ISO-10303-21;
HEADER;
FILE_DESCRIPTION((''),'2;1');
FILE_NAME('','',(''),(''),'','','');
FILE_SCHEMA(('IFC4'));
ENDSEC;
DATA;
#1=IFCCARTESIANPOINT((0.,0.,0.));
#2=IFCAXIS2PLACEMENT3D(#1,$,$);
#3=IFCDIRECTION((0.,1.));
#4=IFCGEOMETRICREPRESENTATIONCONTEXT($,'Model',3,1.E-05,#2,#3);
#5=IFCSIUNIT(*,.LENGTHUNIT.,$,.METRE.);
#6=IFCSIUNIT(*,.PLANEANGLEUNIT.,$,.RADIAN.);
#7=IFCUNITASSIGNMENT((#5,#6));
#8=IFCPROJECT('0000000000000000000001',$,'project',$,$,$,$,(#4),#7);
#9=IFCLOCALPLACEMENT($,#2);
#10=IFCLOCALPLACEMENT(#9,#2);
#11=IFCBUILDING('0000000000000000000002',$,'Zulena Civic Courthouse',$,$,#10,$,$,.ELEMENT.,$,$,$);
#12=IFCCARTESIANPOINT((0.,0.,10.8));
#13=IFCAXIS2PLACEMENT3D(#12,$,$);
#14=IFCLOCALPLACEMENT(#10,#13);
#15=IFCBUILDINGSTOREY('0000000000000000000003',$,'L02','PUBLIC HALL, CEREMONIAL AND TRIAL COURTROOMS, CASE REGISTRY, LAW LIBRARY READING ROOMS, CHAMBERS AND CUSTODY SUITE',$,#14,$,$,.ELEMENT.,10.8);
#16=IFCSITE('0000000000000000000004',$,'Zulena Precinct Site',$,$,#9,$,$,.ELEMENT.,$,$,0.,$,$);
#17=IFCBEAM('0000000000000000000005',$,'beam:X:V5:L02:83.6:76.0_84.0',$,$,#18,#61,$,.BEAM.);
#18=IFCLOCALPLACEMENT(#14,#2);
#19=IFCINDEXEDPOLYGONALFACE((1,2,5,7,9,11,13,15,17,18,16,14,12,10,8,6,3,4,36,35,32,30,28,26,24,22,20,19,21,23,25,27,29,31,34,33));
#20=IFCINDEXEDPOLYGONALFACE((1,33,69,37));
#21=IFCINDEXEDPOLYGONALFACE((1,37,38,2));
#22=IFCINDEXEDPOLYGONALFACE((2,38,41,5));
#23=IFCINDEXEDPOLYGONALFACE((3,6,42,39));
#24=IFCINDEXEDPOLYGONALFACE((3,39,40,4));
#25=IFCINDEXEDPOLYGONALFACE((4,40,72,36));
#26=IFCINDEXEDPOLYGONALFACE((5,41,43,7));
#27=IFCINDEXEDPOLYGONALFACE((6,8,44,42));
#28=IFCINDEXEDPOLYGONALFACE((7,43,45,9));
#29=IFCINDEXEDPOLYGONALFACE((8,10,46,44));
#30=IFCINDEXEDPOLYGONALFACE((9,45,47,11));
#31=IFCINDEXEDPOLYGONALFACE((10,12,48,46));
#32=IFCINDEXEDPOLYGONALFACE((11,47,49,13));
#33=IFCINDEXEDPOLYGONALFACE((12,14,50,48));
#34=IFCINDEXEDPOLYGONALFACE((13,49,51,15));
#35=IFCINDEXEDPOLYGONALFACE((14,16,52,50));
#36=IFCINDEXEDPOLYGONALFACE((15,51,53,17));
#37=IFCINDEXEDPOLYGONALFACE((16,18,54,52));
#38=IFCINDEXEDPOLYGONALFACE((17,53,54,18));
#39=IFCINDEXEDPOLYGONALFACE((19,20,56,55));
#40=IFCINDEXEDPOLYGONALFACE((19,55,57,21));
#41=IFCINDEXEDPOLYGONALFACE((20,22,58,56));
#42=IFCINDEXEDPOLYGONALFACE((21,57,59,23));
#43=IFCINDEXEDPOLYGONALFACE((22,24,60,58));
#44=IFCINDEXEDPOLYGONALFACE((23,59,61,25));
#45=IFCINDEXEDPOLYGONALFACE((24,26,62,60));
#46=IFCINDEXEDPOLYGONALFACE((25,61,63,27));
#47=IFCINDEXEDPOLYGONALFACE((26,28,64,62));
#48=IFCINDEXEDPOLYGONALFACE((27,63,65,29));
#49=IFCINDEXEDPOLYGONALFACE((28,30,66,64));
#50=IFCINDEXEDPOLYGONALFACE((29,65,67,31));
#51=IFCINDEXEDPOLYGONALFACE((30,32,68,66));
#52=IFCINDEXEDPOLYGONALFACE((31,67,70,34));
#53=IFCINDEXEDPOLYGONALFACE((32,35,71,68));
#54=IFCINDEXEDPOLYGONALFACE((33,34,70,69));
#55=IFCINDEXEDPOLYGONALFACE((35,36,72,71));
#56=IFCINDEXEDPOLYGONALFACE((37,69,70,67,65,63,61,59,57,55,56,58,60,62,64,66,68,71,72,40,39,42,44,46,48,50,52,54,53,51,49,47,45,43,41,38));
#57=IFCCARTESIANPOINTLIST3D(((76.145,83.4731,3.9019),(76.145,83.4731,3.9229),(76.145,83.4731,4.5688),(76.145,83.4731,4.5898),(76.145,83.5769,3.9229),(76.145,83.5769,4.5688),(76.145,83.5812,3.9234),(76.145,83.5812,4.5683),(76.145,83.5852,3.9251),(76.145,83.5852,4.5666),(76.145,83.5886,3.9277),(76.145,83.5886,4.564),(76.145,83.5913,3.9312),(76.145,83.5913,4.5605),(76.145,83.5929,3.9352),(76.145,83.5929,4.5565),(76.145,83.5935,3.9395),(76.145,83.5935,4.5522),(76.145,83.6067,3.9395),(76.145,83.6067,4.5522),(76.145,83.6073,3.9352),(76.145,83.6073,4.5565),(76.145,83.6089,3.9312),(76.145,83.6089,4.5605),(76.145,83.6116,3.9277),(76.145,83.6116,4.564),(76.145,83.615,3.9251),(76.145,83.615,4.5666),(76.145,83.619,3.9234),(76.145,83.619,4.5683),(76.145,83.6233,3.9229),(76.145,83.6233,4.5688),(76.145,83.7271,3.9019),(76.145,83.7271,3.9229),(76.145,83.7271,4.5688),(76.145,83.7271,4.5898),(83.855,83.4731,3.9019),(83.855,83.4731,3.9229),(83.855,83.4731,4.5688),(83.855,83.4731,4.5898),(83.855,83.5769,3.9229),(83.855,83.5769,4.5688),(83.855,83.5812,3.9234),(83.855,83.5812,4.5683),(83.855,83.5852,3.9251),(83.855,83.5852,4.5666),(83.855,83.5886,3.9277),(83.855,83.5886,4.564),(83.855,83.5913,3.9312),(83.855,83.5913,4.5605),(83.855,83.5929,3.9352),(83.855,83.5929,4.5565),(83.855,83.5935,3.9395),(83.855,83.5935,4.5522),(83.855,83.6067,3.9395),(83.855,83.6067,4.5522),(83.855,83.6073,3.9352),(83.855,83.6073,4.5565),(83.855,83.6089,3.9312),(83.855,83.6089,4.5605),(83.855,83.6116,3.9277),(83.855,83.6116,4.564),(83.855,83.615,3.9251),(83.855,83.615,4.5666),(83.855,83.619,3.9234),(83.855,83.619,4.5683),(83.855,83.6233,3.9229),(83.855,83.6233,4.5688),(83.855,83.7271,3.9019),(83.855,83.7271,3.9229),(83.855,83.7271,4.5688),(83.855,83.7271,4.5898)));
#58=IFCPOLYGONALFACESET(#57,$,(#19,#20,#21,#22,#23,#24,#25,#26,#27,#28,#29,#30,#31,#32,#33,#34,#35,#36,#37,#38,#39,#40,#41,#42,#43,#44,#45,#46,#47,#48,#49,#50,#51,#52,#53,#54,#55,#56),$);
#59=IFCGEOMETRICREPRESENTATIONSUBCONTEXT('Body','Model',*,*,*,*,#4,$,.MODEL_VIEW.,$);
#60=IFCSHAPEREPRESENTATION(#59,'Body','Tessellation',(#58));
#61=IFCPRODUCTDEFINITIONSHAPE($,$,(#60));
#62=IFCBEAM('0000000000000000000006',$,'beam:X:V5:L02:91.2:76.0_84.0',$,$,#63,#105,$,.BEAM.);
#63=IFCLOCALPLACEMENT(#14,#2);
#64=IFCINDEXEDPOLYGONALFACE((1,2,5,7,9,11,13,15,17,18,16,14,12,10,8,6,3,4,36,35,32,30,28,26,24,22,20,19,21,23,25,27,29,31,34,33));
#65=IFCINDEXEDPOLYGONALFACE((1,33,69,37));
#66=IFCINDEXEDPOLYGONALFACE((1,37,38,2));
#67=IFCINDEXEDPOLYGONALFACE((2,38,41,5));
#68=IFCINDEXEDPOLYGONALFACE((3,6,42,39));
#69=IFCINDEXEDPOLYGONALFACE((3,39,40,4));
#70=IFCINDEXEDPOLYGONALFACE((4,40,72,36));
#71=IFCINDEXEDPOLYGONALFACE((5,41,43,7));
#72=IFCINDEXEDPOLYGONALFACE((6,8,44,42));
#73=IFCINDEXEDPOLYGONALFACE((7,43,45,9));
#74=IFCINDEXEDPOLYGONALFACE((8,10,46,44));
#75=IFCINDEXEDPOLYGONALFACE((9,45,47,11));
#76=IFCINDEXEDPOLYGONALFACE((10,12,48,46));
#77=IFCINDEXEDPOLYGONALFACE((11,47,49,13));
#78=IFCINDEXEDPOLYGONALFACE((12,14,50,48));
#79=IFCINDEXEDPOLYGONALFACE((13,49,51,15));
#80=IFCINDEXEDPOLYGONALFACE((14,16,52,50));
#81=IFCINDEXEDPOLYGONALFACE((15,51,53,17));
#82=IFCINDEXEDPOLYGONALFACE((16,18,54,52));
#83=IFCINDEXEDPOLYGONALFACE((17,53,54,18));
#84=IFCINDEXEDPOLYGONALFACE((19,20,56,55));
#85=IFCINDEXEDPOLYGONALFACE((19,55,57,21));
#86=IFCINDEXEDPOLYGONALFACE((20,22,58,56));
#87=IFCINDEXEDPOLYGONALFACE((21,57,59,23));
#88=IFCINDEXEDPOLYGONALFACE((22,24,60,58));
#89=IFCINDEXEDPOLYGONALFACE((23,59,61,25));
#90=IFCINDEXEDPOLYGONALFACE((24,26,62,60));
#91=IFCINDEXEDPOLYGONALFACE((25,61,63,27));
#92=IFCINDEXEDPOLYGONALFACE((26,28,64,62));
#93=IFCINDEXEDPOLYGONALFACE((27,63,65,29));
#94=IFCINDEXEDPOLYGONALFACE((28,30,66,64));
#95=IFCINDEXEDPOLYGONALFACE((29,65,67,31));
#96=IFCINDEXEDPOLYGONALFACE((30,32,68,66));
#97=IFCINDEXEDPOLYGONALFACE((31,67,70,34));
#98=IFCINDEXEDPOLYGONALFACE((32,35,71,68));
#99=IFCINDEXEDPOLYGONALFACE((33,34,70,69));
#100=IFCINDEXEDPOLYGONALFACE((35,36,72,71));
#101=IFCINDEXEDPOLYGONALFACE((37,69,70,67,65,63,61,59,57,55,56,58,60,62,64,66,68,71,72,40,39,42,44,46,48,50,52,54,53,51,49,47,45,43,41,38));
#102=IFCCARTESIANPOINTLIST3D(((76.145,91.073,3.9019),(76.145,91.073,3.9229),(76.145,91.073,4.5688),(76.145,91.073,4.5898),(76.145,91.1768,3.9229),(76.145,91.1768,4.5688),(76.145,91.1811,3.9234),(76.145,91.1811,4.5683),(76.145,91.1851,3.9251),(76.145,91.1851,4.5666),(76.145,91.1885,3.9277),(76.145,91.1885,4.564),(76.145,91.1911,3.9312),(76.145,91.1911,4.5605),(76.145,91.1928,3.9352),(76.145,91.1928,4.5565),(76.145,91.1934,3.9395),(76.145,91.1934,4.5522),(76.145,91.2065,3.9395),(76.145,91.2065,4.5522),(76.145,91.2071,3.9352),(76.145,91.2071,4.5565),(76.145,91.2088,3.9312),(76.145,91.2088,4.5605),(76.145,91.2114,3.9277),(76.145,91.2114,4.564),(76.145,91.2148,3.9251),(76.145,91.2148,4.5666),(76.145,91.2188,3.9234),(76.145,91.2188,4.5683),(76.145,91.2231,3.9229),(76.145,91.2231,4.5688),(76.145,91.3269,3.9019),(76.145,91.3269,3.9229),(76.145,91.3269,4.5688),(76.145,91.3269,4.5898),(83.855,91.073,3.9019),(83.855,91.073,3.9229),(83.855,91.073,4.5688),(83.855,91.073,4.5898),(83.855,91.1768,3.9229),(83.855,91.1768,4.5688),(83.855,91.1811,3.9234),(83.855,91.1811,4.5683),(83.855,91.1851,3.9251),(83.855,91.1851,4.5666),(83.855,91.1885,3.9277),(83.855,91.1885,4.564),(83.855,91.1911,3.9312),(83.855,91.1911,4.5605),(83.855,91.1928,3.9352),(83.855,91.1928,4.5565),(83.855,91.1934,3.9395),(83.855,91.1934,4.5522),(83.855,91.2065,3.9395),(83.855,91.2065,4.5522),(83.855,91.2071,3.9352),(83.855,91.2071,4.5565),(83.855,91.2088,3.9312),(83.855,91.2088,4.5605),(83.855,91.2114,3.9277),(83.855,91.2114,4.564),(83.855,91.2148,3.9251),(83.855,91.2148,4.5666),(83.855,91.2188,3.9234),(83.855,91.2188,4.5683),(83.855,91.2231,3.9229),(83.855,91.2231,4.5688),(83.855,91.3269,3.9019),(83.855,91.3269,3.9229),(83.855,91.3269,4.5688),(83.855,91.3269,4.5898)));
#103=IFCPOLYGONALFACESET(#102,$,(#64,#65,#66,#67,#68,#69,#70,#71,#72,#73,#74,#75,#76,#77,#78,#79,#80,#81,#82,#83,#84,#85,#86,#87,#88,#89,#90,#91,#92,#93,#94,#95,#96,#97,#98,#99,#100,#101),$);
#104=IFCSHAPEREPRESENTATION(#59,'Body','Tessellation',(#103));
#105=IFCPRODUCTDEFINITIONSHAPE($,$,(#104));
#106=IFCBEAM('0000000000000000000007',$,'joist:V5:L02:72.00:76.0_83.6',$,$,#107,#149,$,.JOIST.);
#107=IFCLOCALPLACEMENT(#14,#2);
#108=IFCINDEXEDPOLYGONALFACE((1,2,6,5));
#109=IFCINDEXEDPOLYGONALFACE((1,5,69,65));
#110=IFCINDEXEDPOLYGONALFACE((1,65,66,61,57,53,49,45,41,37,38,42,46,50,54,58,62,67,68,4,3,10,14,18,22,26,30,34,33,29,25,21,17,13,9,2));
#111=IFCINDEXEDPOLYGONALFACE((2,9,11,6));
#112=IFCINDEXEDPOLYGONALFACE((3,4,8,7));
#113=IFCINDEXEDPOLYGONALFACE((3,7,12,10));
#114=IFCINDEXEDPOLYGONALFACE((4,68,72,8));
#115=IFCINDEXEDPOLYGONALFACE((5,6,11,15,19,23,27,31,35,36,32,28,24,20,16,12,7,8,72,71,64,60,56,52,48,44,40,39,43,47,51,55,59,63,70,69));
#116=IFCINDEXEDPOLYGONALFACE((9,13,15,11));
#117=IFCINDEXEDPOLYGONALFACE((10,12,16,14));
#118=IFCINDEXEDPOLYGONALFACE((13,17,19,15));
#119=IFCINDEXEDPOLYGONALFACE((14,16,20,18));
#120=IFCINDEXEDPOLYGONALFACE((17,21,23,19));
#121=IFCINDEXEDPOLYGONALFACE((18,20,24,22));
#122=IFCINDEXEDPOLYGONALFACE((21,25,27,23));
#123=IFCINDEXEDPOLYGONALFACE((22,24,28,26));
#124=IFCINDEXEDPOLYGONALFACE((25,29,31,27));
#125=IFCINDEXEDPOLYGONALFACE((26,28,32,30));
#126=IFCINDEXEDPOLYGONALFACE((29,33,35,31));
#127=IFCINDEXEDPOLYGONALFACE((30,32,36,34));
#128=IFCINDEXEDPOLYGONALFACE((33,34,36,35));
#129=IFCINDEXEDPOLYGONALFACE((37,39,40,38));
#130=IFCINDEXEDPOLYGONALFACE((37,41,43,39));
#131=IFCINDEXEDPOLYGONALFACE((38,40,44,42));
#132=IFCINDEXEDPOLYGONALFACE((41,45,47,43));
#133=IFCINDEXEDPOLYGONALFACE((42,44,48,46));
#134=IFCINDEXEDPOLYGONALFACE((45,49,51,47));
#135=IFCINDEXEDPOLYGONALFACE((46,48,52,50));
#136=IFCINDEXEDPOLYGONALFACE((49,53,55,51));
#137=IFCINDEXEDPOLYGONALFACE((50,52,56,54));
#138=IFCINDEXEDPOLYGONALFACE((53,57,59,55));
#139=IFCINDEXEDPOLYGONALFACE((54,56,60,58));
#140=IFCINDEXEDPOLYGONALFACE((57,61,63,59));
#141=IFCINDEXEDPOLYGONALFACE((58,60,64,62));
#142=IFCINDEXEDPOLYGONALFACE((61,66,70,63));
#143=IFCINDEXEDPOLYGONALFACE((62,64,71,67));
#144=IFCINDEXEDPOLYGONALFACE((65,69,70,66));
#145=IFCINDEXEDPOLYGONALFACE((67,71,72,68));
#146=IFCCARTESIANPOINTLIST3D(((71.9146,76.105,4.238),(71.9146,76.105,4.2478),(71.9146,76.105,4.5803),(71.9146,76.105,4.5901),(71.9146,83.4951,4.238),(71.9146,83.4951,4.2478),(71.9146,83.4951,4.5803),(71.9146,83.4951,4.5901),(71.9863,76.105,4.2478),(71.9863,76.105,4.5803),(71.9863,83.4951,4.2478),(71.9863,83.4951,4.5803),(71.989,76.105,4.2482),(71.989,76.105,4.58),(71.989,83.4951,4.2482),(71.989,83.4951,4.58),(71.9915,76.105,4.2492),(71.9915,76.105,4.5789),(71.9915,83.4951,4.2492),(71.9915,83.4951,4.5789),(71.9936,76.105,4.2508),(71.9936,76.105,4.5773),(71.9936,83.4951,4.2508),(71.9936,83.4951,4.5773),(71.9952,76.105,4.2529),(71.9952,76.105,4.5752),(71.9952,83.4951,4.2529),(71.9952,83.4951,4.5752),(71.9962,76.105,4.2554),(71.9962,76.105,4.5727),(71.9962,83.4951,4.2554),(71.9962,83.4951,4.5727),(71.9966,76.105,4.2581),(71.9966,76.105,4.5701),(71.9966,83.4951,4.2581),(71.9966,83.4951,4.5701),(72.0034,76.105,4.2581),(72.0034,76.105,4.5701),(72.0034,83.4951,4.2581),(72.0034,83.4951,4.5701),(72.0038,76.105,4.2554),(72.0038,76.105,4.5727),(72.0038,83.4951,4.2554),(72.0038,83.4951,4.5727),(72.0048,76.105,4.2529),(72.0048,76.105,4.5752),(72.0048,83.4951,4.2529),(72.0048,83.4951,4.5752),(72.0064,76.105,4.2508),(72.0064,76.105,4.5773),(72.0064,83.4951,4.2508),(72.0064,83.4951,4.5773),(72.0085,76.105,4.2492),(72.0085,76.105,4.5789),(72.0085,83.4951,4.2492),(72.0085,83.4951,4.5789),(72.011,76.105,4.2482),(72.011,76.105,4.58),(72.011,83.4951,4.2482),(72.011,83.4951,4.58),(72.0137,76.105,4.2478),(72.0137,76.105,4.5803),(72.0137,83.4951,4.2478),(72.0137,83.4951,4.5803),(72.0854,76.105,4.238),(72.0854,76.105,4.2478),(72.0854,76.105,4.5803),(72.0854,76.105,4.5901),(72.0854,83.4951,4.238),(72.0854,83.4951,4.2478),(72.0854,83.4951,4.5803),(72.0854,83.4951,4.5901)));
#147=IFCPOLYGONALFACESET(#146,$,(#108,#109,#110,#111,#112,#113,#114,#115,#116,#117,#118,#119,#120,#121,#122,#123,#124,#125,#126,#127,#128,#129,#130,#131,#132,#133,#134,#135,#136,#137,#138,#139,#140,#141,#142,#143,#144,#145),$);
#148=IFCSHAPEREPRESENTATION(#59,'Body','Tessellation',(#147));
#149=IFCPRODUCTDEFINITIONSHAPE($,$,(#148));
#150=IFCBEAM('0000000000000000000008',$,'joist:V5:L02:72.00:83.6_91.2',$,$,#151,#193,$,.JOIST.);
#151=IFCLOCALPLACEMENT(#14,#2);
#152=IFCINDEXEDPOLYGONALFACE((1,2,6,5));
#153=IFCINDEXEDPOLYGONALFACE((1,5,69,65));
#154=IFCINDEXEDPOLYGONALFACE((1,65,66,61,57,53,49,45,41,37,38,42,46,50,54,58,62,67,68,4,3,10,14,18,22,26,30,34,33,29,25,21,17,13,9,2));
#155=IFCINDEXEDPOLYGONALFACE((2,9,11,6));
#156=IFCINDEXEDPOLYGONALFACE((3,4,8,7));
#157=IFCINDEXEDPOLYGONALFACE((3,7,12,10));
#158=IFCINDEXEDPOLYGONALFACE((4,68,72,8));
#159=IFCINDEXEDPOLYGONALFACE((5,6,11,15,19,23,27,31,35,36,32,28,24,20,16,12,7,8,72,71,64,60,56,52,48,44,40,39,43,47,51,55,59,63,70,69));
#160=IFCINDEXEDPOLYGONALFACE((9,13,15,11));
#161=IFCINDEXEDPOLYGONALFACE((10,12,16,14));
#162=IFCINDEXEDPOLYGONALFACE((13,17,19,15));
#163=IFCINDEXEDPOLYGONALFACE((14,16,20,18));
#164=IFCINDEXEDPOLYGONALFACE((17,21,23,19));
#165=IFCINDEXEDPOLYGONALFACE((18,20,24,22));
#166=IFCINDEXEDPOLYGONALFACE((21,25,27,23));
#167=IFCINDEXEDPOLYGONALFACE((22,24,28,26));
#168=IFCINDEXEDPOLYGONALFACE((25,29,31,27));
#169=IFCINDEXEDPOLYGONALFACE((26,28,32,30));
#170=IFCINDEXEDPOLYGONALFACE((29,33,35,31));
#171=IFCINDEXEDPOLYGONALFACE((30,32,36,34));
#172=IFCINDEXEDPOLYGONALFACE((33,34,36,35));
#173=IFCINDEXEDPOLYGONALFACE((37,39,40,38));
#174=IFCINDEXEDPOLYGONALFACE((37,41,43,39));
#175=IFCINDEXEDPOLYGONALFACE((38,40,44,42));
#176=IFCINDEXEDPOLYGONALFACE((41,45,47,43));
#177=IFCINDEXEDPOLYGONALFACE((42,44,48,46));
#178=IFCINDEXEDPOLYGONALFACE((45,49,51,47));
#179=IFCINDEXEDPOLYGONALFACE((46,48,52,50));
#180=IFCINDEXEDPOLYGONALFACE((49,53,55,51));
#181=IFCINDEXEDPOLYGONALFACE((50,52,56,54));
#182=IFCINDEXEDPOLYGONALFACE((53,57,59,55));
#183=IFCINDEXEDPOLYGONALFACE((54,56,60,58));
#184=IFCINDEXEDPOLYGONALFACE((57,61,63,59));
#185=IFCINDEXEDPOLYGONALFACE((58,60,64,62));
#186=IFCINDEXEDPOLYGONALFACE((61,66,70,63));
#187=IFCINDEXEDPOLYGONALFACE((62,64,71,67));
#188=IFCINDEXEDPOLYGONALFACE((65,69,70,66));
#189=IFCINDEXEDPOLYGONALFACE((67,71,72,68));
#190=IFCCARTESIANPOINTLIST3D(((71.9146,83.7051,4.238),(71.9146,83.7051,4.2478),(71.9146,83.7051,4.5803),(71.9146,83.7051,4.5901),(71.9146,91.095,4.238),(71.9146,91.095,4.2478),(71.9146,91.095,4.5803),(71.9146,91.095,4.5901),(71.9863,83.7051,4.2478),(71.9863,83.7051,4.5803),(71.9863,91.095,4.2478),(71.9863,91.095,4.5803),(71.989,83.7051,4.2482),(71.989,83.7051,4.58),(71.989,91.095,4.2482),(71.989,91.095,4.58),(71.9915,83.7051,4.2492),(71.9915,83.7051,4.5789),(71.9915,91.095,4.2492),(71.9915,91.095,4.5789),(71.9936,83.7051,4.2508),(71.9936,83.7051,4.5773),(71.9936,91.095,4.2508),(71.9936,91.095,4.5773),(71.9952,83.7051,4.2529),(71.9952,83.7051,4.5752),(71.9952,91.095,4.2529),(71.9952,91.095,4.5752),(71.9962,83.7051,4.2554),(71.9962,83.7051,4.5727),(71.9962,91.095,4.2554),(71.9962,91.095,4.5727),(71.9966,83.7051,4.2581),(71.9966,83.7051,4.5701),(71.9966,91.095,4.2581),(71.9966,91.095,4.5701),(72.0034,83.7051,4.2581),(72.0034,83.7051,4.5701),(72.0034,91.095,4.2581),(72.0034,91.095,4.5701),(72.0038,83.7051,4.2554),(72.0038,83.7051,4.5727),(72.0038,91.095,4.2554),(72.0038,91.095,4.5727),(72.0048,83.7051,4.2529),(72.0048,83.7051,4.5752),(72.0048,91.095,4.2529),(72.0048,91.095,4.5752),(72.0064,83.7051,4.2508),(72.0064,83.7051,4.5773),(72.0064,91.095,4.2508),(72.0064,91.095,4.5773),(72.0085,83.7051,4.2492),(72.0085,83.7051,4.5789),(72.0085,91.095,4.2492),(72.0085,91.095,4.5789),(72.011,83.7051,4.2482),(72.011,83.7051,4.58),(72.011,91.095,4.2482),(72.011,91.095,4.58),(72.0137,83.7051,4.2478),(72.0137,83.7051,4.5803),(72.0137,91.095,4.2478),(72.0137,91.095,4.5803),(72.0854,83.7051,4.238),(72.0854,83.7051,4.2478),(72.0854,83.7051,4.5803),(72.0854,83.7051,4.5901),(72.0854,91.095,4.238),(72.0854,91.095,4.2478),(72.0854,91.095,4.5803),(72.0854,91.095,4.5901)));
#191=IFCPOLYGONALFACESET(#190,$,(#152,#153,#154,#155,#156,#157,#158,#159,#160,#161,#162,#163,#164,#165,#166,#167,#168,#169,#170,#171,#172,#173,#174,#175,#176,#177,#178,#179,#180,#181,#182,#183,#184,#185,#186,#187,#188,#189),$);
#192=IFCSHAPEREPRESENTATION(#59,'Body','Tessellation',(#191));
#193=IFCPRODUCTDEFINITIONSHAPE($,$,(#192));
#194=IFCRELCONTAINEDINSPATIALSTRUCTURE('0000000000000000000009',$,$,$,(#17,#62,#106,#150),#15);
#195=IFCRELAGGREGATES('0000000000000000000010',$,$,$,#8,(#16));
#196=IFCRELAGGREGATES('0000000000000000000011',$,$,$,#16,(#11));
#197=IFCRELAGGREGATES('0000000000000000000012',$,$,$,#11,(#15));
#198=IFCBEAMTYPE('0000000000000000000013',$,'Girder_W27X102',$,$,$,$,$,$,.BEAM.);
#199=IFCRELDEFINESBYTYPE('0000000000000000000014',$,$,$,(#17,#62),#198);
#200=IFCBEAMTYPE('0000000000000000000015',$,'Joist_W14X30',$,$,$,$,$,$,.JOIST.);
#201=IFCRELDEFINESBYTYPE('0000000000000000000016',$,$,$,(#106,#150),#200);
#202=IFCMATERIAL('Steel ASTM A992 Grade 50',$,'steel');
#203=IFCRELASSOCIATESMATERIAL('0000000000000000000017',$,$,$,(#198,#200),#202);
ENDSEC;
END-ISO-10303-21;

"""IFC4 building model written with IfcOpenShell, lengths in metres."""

from ifc_helpers import new_model, si_unit, direction, frame, origin, origin_2d, place, context, subcontext, project, spatial, i_section, extrude, material, material_profile, profile_set, type_object, element, save


model = new_model("IFC4")

# Units and contexts
model_context = context("Model", 3, precision=1e-05, world=origin(), true_north=direction((0.0, 1.0)))
body_context = subcontext(model_context, "Body", "Model", "MODEL_VIEW")
ifc_project = project(units=[si_unit("LENGTHUNIT", "METRE"), si_unit("PLANEANGLEUNIT", "RADIAN")], contexts=[model_context])

# Site, building, storey
site_placement = place(None, origin())
site = spatial("IfcSite", under=ifc_project, at=site_placement, Name="Zulena Precinct Site", CompositionType="ELEMENT", RefElevation=0.0)
building_placement = place(site_placement, origin())
building = spatial("IfcBuilding", under=site, at=building_placement, Name="Zulena Civic Courthouse", CompositionType="ELEMENT")
storey_placement = place(building_placement, frame((0.0, 0.0, 10.8)))
storey = spatial("IfcBuildingStorey", under=building, at=storey_placement, Name="L02", Description="PUBLIC HALL, CEREMONIAL AND TRIAL COURTROOMS, CASE REGISTRY, LAW LIBRARY READING ROOMS, CHAMBERS AND CUSTODY SUITE", CompositionType="ELEMENT", Elevation=10.8)

# Shared definitions
ifc_material_1 = material(Name="Steel ASTM A992 Grade 50", Category="steel")

# Beams
ifc_material_profile_1 = material_profile(ifc_material_1, i_section(OverallWidth=0.2539, OverallDepth=0.688, WebThickness=0.0132, FlangeThickness=0.021, FilletRadius=0.0166, at=origin_2d()), Name="W27X102")
ifc_profile_set_1 = profile_set([ifc_material_profile_1], Name="Steel ASTM A992 Grade 50")
beam_type_1 = type_object("IfcBeamType", Name="Girder_W27X102", PredefinedType="BEAM", material=ifc_profile_set_1)
for number, where, z_axis, x_axis, name in (
    (1, (76.145, 83.6001, 4.2458), (1.0, 0.0, 0.0), (0.0, 1.0, 0.0), "beam:X:V5:L02:83.6:76.0_84.0"),
    (2, (76.145, 91.2, 4.2458), (1.0, 0.0, 0.0), (0.0, 1.0, 0.0), "beam:X:V5:L02:91.2:76.0_84.0"),
):
    element("IfcBeam", number, at=place(storey_placement, frame(where, z_axis=z_axis, x_axis=x_axis)), inside=storey, type_object=beam_type_1, Name=name, PredefinedType="BEAM", context=body_context, shape_type="SweptSolid", body=[
        extrude(i_section(OverallWidth=0.2539, OverallDepth=0.688, WebThickness=0.0132, FlangeThickness=0.021, FilletRadius=0.0166, at=origin_2d()), origin(), (0.0, 0.0, 1.0), 7.71),
    ])
ifc_material_profile_2 = material_profile(ifc_material_1, i_section(OverallWidth=0.1709, OverallDepth=0.3521, WebThickness=0.0068, FlangeThickness=0.0098, FilletRadius=0.0103, at=origin_2d()), Name="W14X30")
ifc_profile_set_2 = profile_set([ifc_material_profile_2], Name="Steel ASTM A992 Grade 50")
beam_type_2 = type_object("IfcBeamType", Name="Joist_W14X30", PredefinedType="JOIST", material=ifc_profile_set_2)
beam_1_placement = place(storey_placement, frame((72.0, 76.105, 4.4141), z_axis=(0.0, 1.0, 0.0), x_axis=(-1.0, 0.0, 0.0)))
element("IfcBeam", 3, at=beam_1_placement, inside=storey, type_object=beam_type_2, Name="joist:V5:L02:72.00:76.0_83.6", PredefinedType="JOIST", context=body_context, shape_type="SweptSolid", body=[
    extrude(i_section(OverallWidth=0.1709, OverallDepth=0.3521, WebThickness=0.0068, FlangeThickness=0.0098, FilletRadius=0.0103, at=origin_2d()), origin(), (0.0, 0.0, 1.0), 7.3901),
])
beam_2_placement = place(storey_placement, frame((72.0, 83.7051, 4.4141), z_axis=(0.0, 1.0, 0.0), x_axis=(-1.0, 0.0, 0.0)))
element("IfcBeam", 4, at=beam_2_placement, inside=storey, type_object=beam_type_2, Name="joist:V5:L02:72.00:83.6_91.2", PredefinedType="JOIST", context=body_context, shape_type="SweptSolid", body=[
    extrude(i_section(OverallWidth=0.1709, OverallDepth=0.3521, WebThickness=0.0068, FlangeThickness=0.0098, FilletRadius=0.0103, at=origin_2d()), origin(), (0.0, 0.0, 1.0), 7.3899),
])

save(model, "model.ifc")
